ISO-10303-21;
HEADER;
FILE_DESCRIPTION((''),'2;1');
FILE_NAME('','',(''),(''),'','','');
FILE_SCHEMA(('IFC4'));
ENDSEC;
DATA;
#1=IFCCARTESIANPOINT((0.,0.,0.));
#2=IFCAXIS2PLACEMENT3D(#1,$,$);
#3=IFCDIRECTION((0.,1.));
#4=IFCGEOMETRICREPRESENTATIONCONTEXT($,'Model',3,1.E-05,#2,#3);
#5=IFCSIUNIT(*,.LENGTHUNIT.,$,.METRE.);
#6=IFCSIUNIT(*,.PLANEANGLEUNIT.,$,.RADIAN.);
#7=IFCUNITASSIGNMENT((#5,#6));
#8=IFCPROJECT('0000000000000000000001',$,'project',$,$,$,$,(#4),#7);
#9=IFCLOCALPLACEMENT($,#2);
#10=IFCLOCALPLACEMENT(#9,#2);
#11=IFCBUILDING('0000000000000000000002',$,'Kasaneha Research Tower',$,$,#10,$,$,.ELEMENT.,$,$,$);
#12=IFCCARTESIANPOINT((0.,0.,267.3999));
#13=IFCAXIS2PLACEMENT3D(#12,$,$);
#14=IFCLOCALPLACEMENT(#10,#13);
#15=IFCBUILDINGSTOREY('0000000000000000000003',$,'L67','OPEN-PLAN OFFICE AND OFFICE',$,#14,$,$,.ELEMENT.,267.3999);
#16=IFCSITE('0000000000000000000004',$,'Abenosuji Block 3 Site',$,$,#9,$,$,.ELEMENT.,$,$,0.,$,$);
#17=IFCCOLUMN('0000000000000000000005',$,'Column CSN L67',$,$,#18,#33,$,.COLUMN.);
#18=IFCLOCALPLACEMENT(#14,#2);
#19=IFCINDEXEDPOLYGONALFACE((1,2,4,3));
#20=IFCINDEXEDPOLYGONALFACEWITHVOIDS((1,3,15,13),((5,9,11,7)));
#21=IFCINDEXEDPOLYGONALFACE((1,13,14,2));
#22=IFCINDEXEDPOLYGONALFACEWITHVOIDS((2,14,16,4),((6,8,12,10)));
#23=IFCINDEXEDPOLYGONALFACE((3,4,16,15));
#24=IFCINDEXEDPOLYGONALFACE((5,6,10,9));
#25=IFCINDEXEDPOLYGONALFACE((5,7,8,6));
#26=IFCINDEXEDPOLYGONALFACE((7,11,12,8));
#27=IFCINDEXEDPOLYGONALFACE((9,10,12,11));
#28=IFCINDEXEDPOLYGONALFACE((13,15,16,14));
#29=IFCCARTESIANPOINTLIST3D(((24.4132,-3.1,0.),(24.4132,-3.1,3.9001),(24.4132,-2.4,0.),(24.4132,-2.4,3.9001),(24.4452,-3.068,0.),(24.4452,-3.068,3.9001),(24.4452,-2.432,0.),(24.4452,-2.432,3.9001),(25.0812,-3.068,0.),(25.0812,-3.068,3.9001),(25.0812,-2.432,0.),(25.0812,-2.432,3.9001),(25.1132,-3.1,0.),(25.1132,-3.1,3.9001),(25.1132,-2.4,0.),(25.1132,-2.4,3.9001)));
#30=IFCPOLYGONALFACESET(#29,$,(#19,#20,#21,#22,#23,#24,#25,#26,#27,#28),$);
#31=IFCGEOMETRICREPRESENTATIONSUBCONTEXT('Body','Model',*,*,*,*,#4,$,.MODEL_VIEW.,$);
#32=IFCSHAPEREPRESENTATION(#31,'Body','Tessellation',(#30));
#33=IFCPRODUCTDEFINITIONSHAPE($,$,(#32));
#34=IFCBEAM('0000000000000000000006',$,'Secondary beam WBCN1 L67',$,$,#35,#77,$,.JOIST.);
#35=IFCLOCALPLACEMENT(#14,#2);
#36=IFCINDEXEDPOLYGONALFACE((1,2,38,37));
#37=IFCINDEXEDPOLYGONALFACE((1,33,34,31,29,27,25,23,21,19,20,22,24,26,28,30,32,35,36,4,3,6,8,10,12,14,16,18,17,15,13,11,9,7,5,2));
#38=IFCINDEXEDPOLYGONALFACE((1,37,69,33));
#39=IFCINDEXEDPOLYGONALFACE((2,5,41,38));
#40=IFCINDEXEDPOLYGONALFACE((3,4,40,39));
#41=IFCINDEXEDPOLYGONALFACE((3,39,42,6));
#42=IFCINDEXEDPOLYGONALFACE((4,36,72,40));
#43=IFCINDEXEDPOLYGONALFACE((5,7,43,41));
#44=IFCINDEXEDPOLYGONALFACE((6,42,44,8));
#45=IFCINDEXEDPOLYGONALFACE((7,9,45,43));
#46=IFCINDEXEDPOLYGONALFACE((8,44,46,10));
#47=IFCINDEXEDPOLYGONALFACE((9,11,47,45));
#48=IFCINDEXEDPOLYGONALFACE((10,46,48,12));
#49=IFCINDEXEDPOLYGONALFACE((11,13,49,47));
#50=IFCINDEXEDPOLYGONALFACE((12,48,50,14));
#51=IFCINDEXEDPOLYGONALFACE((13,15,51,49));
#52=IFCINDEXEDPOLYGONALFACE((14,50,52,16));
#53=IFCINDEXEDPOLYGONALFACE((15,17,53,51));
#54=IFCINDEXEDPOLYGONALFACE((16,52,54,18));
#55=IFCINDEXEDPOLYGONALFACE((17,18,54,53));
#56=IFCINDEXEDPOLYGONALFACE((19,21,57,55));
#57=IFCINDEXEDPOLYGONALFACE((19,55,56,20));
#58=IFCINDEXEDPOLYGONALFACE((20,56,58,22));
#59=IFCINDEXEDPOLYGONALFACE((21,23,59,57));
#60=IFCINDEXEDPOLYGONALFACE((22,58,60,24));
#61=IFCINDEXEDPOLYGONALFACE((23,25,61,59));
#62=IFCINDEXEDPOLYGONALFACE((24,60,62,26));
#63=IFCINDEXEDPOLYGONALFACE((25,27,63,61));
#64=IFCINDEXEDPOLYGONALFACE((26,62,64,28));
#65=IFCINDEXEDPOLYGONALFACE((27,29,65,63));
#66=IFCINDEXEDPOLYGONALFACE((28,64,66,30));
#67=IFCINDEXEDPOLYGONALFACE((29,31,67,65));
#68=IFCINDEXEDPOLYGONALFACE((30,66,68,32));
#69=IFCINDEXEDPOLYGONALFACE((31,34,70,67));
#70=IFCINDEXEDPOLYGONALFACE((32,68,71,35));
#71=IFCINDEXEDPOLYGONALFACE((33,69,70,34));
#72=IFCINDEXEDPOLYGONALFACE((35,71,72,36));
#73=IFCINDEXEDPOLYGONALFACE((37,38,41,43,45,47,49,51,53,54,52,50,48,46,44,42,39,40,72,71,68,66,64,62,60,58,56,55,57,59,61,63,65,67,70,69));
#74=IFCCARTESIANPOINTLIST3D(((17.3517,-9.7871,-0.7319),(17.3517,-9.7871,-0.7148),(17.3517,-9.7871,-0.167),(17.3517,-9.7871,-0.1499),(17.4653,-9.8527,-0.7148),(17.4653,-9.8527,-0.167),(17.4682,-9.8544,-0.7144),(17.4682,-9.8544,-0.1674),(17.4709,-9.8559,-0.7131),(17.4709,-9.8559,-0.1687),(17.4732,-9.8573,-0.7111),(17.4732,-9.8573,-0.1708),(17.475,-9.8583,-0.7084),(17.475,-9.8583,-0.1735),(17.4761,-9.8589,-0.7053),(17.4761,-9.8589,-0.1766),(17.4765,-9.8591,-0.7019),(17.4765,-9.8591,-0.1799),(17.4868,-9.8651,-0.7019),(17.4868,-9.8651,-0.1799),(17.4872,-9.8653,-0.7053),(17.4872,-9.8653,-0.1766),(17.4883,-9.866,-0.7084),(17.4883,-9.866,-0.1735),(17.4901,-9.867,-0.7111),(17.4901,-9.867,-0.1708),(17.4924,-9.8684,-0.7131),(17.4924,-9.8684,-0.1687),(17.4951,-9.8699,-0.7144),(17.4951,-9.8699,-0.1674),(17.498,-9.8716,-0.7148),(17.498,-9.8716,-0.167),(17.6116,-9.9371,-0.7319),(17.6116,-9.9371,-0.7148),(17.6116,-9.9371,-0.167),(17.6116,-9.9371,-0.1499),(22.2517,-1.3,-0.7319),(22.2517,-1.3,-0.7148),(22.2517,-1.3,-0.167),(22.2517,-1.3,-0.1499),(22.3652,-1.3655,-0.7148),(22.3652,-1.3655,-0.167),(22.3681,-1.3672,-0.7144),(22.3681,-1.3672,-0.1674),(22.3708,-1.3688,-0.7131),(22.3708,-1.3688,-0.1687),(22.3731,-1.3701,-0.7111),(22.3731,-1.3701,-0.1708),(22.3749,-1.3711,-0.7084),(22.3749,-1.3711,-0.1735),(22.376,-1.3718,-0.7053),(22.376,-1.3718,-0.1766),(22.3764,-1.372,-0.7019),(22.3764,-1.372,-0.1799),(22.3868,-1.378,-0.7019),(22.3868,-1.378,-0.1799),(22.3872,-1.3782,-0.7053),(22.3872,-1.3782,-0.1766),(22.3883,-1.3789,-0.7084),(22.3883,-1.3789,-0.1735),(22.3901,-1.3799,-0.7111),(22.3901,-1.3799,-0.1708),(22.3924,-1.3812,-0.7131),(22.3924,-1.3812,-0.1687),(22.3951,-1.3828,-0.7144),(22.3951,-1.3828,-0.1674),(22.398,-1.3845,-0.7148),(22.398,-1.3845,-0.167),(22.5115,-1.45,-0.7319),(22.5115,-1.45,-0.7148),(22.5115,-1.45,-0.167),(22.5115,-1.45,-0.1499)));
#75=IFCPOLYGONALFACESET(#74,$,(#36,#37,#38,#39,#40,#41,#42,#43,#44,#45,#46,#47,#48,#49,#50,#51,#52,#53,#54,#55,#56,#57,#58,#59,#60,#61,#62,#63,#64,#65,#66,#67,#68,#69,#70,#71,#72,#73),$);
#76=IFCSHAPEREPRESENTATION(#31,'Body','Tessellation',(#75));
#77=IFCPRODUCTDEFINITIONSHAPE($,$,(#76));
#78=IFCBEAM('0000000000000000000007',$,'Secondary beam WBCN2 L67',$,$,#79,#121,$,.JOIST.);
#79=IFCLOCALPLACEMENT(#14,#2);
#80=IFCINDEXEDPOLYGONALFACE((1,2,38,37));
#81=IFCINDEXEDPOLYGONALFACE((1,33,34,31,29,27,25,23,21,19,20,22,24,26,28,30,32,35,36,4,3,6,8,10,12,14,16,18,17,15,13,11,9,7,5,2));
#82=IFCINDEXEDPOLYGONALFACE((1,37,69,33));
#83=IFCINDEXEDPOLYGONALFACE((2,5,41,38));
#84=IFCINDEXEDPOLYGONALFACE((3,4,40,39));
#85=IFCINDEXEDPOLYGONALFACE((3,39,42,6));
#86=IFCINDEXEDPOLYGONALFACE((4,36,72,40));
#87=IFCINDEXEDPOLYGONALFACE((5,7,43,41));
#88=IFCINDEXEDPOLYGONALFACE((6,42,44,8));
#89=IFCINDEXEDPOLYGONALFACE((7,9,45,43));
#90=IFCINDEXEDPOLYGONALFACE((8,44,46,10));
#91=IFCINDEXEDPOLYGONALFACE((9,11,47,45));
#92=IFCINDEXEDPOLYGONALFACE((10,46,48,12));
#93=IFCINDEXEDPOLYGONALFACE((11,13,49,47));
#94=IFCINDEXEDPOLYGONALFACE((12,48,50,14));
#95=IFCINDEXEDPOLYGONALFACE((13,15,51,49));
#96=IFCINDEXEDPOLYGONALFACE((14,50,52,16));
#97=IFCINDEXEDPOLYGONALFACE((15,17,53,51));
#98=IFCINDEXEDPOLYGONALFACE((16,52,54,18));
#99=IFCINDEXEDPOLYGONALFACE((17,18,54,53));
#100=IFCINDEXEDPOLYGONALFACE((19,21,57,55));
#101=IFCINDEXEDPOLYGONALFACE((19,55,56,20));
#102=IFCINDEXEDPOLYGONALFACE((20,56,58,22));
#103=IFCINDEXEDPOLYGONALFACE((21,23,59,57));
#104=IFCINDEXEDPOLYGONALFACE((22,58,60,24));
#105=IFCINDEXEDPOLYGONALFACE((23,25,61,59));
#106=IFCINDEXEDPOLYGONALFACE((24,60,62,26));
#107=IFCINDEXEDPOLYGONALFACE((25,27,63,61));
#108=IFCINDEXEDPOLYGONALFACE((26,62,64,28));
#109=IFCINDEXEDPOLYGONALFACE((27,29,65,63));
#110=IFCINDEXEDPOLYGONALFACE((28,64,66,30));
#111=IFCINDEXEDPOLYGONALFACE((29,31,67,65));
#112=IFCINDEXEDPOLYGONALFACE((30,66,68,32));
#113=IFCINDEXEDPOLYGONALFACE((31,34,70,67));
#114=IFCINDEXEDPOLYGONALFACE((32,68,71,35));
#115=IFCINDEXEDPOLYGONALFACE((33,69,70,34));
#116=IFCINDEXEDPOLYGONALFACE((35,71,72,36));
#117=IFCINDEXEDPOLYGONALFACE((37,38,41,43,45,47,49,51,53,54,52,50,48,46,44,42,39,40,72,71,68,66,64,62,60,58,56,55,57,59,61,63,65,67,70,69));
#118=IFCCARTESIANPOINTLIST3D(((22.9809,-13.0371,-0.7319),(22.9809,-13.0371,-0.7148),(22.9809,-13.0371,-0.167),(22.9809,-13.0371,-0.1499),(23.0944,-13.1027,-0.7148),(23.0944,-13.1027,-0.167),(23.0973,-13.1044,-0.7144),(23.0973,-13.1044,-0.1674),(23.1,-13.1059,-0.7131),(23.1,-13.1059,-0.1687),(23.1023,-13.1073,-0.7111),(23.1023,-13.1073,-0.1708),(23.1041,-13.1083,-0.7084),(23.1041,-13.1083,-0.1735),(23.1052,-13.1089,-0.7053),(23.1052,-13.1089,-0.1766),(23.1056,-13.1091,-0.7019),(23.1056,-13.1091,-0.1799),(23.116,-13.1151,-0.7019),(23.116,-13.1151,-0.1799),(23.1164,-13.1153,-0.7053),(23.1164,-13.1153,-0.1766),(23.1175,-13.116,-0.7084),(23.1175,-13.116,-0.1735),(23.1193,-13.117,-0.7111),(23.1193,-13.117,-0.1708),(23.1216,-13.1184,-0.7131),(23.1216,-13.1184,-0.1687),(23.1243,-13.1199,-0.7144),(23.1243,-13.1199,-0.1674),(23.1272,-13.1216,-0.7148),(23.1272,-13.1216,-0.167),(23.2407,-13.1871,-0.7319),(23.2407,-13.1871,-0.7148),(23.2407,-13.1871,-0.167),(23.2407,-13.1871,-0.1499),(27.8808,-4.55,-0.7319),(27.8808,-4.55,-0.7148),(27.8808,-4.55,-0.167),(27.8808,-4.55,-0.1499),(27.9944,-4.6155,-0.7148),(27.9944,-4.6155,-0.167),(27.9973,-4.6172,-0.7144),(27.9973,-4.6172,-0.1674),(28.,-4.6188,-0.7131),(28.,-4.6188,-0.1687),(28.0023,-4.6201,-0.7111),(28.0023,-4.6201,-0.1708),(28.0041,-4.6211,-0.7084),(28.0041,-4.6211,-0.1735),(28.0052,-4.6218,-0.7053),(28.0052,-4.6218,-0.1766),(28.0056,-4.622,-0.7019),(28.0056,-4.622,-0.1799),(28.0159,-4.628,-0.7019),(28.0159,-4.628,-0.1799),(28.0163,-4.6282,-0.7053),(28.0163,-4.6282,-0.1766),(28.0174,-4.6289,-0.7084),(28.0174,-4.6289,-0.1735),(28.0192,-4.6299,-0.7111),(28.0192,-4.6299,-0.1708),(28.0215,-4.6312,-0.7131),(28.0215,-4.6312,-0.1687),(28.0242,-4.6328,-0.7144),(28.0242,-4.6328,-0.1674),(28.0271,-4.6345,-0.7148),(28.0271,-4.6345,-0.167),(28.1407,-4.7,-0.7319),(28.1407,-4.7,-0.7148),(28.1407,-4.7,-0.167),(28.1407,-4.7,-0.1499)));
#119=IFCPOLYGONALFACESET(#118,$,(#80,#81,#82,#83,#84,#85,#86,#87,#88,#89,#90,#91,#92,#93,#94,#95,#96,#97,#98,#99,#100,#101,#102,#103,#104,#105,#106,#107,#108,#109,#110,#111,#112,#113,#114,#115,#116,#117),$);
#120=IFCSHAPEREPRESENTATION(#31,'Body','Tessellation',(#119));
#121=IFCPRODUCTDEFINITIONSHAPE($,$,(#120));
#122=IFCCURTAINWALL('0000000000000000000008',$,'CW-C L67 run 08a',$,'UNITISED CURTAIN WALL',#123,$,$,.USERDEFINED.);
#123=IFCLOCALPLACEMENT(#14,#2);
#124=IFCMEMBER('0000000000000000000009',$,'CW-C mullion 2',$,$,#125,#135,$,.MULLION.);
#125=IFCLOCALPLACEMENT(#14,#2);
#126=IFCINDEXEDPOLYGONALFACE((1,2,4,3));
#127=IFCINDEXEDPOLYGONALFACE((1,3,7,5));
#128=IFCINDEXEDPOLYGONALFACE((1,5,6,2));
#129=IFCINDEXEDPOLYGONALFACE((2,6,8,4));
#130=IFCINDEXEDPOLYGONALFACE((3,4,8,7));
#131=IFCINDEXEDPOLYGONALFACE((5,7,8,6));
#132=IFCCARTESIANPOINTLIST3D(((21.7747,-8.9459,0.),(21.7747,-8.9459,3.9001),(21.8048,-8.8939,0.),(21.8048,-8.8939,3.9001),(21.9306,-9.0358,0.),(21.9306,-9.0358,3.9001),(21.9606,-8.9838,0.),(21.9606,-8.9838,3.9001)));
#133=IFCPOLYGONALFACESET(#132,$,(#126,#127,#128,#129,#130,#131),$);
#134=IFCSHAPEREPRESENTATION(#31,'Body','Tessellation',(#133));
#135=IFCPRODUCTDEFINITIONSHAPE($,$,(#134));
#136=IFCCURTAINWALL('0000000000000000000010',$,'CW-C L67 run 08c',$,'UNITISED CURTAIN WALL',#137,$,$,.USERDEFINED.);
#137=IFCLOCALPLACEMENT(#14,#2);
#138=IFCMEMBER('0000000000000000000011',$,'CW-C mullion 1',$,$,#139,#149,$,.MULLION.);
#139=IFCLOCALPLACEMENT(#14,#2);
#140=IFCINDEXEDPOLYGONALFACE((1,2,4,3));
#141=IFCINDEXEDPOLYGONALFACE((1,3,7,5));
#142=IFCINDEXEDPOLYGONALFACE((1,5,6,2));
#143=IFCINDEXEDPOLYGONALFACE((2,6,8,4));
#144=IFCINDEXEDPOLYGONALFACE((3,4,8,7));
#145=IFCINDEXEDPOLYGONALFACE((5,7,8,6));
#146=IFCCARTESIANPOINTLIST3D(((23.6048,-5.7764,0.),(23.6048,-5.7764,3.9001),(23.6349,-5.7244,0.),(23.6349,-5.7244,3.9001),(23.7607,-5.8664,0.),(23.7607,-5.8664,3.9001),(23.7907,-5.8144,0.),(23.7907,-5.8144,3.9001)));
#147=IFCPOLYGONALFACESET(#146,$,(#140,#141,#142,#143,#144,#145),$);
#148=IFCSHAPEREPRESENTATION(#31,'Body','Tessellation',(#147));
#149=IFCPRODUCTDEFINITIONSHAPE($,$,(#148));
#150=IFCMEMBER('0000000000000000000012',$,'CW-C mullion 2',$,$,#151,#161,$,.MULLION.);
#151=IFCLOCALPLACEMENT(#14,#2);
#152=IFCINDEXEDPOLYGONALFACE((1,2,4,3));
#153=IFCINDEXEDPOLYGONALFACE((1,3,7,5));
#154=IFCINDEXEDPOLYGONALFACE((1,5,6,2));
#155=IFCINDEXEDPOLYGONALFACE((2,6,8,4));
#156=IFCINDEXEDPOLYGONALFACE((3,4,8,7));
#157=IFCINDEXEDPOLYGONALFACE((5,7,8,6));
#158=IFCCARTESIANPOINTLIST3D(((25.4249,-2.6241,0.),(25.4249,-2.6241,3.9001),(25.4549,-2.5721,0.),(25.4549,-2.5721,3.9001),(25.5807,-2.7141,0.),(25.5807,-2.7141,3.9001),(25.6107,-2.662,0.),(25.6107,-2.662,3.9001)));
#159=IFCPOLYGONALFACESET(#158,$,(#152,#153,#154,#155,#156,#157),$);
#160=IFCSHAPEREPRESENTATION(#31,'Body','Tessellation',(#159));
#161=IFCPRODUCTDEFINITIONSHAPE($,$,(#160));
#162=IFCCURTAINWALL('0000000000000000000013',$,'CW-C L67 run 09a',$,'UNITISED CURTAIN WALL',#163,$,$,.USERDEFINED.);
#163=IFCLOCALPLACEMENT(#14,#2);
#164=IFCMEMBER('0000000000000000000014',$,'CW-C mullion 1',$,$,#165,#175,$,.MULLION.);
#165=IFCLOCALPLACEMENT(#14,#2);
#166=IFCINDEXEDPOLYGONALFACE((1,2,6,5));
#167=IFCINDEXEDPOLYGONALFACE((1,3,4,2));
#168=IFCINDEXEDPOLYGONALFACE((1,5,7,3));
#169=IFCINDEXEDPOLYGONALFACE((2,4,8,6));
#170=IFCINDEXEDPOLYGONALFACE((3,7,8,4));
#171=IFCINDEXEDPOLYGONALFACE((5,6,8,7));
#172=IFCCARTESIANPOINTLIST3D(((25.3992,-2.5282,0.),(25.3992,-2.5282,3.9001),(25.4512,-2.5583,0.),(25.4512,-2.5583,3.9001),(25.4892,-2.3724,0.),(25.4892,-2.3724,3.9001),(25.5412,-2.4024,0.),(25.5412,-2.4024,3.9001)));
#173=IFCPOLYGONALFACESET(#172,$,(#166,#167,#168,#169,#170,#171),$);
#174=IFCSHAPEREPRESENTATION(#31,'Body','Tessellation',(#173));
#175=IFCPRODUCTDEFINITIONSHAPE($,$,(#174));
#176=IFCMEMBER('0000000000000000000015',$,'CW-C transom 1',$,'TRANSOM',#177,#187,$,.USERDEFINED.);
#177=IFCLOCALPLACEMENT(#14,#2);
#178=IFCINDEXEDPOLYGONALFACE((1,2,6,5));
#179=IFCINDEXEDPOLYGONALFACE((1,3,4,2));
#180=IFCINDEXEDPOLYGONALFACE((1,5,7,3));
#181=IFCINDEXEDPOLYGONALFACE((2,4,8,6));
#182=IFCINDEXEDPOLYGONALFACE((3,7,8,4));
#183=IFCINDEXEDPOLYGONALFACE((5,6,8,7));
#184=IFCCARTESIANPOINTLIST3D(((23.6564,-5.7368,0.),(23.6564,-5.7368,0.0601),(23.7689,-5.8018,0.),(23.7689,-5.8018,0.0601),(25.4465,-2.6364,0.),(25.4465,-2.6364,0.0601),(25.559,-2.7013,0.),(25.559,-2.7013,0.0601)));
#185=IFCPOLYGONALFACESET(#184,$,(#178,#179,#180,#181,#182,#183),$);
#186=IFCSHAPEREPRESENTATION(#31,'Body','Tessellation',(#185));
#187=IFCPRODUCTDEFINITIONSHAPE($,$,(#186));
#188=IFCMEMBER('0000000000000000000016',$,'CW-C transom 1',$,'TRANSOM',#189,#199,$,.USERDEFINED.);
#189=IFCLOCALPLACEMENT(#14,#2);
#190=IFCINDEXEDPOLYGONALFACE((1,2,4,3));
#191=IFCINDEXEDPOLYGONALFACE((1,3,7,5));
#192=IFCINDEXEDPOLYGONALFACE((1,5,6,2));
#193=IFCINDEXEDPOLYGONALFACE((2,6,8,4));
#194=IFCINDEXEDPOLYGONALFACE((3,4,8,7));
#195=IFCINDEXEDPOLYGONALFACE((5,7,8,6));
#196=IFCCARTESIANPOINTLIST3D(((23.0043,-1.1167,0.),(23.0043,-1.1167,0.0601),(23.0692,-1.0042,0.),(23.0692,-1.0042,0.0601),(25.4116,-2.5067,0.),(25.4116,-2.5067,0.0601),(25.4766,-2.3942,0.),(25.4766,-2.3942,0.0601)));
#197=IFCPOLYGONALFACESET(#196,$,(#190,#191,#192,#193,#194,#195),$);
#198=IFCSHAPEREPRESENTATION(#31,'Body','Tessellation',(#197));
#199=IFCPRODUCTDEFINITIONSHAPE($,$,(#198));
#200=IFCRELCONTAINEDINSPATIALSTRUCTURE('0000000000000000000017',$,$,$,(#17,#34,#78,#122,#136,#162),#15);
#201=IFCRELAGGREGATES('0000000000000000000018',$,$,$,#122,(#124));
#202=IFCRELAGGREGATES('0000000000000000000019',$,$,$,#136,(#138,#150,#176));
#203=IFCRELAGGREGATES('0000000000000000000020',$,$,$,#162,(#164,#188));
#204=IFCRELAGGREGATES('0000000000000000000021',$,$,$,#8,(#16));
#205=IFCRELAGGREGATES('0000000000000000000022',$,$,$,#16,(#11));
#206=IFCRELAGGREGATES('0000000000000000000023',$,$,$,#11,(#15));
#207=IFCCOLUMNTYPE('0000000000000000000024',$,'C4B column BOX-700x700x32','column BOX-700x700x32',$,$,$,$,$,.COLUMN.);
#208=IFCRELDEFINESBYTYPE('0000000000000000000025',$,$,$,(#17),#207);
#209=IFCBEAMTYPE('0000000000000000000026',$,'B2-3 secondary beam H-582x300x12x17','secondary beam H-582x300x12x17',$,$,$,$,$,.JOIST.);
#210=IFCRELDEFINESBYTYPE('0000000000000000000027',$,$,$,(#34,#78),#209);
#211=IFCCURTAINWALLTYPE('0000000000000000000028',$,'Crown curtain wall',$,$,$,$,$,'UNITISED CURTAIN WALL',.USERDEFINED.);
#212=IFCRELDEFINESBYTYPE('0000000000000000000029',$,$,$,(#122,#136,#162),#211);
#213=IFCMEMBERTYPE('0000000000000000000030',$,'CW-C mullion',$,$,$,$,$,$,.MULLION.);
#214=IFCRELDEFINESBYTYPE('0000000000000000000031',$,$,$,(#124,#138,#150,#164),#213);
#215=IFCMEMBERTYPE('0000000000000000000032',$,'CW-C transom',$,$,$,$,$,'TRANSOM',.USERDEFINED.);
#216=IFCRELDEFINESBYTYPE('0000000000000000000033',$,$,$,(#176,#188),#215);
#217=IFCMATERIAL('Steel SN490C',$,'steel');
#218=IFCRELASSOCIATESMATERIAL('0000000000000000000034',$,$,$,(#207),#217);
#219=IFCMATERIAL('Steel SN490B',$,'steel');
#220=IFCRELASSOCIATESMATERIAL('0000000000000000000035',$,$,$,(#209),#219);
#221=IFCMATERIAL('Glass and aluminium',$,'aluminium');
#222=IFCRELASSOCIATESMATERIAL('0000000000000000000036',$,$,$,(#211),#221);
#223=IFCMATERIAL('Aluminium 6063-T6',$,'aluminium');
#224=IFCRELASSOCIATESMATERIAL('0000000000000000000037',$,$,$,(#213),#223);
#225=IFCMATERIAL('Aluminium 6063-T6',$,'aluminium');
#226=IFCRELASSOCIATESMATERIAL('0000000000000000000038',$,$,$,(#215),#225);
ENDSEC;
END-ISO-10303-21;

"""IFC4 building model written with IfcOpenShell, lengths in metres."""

from ifc_helpers import new_model, si_unit, direction, frame, origin, origin_2d, place, context, subcontext, project, spatial, rectangle, hollow_rectangle, i_section, extrude, material, material_profile, profile_set, type_object, element, aggregate, save


model = new_model("IFC4")

# Units and contexts
model_context = context("Model", 3, precision=1e-05, world=origin(), true_north=direction((0.0, 1.0)))
body_context = subcontext(model_context, "Body", "Model", "MODEL_VIEW")
ifc_project = project(units=[si_unit("LENGTHUNIT", "METRE"), si_unit("PLANEANGLEUNIT", "RADIAN")], contexts=[model_context])

# Site, building, storey
site_placement = place(None, origin())
site = spatial("IfcSite", under=ifc_project, at=site_placement, Name="Abenosuji Block 3 Site", CompositionType="ELEMENT", RefElevation=0.0)
building_placement = place(site_placement, origin())
building = spatial("IfcBuilding", under=site, at=building_placement, Name="Kasaneha Research Tower", CompositionType="ELEMENT")
storey_placement = place(building_placement, frame((0.0, 0.0, 267.3999)))
storey = spatial("IfcBuildingStorey", under=building, at=storey_placement, Name="L67", Description="OPEN-PLAN OFFICE AND OFFICE", CompositionType="ELEMENT", Elevation=267.3999)

# Column
ifc_material_1 = material(Name="Steel SN490C", Category="steel")
ifc_material_profile_1 = material_profile(ifc_material_1, hollow_rectangle(XDim=0.7, YDim=0.7, WallThickness=0.032, at=origin_2d()), Name="BOX-700x700x32")
ifc_profile_set_1 = profile_set([ifc_material_profile_1], Name="Steel SN490C")
column_type = type_object("IfcColumnType", Name="C4B column BOX-700x700x32", Description="column BOX-700x700x32", PredefinedType="COLUMN", material=ifc_profile_set_1)
column_placement = place(storey_placement, frame((24.7632, -2.75, 0.0), z_axis=(0.0, 0.0, 1.0), x_axis=(1.0, 0.0, 0.0)))
element("IfcColumn", 1, at=column_placement, inside=storey, type_object=column_type, Name="Column CSN L67", PredefinedType="COLUMN", context=body_context, shape_type="SweptSolid", body=[
    extrude(hollow_rectangle(XDim=0.7, YDim=0.7, WallThickness=0.032, at=origin_2d()), origin(), (0.0, 0.0, 1.0), 3.9001),
])

# Beams
ifc_material_2 = material(Name="Steel SN490B", Category="steel")
ifc_material_profile_2 = material_profile(ifc_material_2, i_section(OverallWidth=0.3, OverallDepth=0.582, WebThickness=0.012, FlangeThickness=0.0171, FilletRadius=0.0129, at=origin_2d()), Name="H-582x300x12x17")
ifc_profile_set_2 = profile_set([ifc_material_profile_2], Name="Steel SN490B")
beam_type_1 = type_object("IfcBeamType", Name="B2-3 secondary beam H-582x300x12x17", Description="secondary beam H-582x300x12x17", PredefinedType="JOIST", material=ifc_profile_set_2)
for number, where, z_axis, x_axis, name in (
    (2, (22.3816, -1.375, -0.4409), (-0.499992, -0.86603, 0.0), (0.86603, -0.499992, 0.0), "Secondary beam WBCN1 L67"),
    (3, (28.0107, -4.625, -0.4409), (-0.499992, -0.86603, 0.0), (0.86603, -0.499992, 0.0), "Secondary beam WBCN2 L67"),
):
    element("IfcBeam", number, at=place(storey_placement, frame(where, z_axis=z_axis, x_axis=x_axis)), inside=storey, type_object=beam_type_1, Name=name, PredefinedType="JOIST", context=body_context, shape_type="SweptSolid", body=[
        extrude(i_section(OverallWidth=0.3, OverallDepth=0.582, WebThickness=0.012, FlangeThickness=0.0171, FilletRadius=0.0129, at=origin_2d()), origin(), (0.0, 0.0, 1.0), 9.8),
    ])

# Curtain wall, member
ifc_material_3 = material(Name="Glass and aluminium", Category="aluminium")
curtain_wall_type = type_object("IfcCurtainWallType", Name="Crown curtain wall", ElementType="UNITISED CURTAIN WALL", PredefinedType="USERDEFINED", material=ifc_material_3)
curtain_wall_1_placement = place(storey_placement, origin())
curtain_wall_1 = element("IfcCurtainWall", 4, at=curtain_wall_1_placement, inside=storey, type_object=curtain_wall_type, Name="CW-C L67 run 08a", ObjectType="UNITISED CURTAIN WALL", PredefinedType="USERDEFINED")
ifc_material_4 = material(Name="Aluminium 6063-T6", Category="aluminium")
ifc_material_profile_3 = material_profile(ifc_material_4, rectangle(XDim=0.0601, YDim=0.1799, at=origin_2d()), Name="CW-C mullion 60x180")
ifc_profile_set_3 = profile_set([ifc_material_profile_3], Name="Aluminium 6063-T6")
member_type_1 = type_object("IfcMemberType", Name="CW-C mullion", PredefinedType="MULLION", material=ifc_profile_set_3)
member_1_placement = place(storey_placement, frame((21.8677, -8.9648, 0.0), z_axis=(0.0, 0.0, 1.0), x_axis=(0.5, 0.866025, 0.0)))
member_1 = element("IfcMember", 5, at=member_1_placement, type_object=member_type_1, Name="CW-C mullion 2", PredefinedType="MULLION", context=body_context, shape_type="SweptSolid", body=[
    extrude(rectangle(XDim=0.0601, YDim=0.1799, at=origin_2d()), origin(), (0.0, 0.0, 1.0), 3.9001),
])

# Curtain wall, members
curtain_wall_2_placement = place(storey_placement, origin())
curtain_wall_2 = element("IfcCurtainWall", 6, at=curtain_wall_2_placement, inside=storey, type_object=curtain_wall_type, Name="CW-C L67 run 08c", ObjectType="UNITISED CURTAIN WALL", PredefinedType="USERDEFINED")
member_2_placement = place(storey_placement, frame((23.6978, -5.7954, 0.0), z_axis=(0.0, 0.0, 1.0), x_axis=(0.5, 0.866025, 0.0)))
member_2 = element("IfcMember", 7, at=member_2_placement, type_object=member_type_1, Name="CW-C mullion 1", PredefinedType="MULLION", context=body_context, shape_type="SweptSolid", body=[
    extrude(rectangle(XDim=0.0601, YDim=0.1799, at=origin_2d()), origin(), (0.0, 0.0, 1.0), 3.9001),
])
member_3_placement = place(storey_placement, frame((25.5178, -2.6431, 0.0), z_axis=(0.0, 0.0, 1.0), x_axis=(0.5, 0.866025, 0.0)))
member_3 = element("IfcMember", 8, at=member_3_placement, type_object=member_type_1, Name="CW-C mullion 2", PredefinedType="MULLION", context=body_context, shape_type="SweptSolid", body=[
    extrude(rectangle(XDim=0.0601, YDim=0.1799, at=origin_2d()), origin(), (0.0, 0.0, 1.0), 3.9001),
])

# Curtain wall, member
curtain_wall_3_placement = place(storey_placement, origin())
curtain_wall_3 = element("IfcCurtainWall", 9, at=curtain_wall_3_placement, inside=storey, type_object=curtain_wall_type, Name="CW-C L67 run 09a", ObjectType="UNITISED CURTAIN WALL", PredefinedType="USERDEFINED")
member_4_placement = place(storey_placement, frame((25.4702, -2.4653, 0.0), z_axis=(0.0, 0.0, 1.0), x_axis=(-0.866025, 0.5, 0.0)))
member_4 = element("IfcMember", 10, at=member_4_placement, type_object=member_type_1, Name="CW-C mullion 1", PredefinedType="MULLION", context=body_context, shape_type="SweptSolid", body=[
    extrude(rectangle(XDim=0.0601, YDim=0.1799, at=origin_2d()), origin(), (0.0, 0.0, 1.0), 3.9001),
])

# Members
ifc_material_5 = material(Name="Aluminium 6063-T6", Category="aluminium")
ifc_material_profile_4 = material_profile(ifc_material_5, rectangle(XDim=0.1299, YDim=0.0601, at=origin_2d()), Name="CW-C transom 130x60")
ifc_profile_set_4 = profile_set([ifc_material_profile_4], Name="Aluminium 6063-T6")
member_type_2 = type_object("IfcMemberType", Name="CW-C transom", ElementType="TRANSOM", PredefinedType="USERDEFINED", material=ifc_profile_set_4)
member_5_placement = place(storey_placement, frame((23.7126, -5.7693, 0.03), z_axis=(0.500012, 0.866019, 0.0), x_axis=(-0.866019, 0.500012, 0.0)))
member_5 = element("IfcMember", 11, at=member_5_placement, type_object=member_type_2, Name="CW-C transom 1", ObjectType="TRANSOM", PredefinedType="USERDEFINED", context=body_context, shape_type="SweptSolid", body=[
    extrude(rectangle(XDim=0.1299, YDim=0.0601, at=origin_2d()), origin(), (0.0, 0.0, 1.0), 3.5801),
])
member_6_placement = place(storey_placement, frame((25.4441, -2.4504, 0.03), z_axis=(-0.866013, 0.500021, 0.0), x_axis=(-0.500021, -0.866013, 0.0)))
member_6 = element("IfcMember", 12, at=member_6_placement, type_object=member_type_2, Name="CW-C transom 1", ObjectType="TRANSOM", PredefinedType="USERDEFINED", context=body_context, shape_type="SweptSolid", body=[
    extrude(rectangle(XDim=0.1299, YDim=0.0601, at=origin_2d()), origin(), (0.0, 0.0, 1.0), 2.7798),
])

aggregate(curtain_wall_1, [member_1])
aggregate(curtain_wall_2, [member_2, member_3, member_5])
aggregate(curtain_wall_3, [member_4, member_6])

save(model, "model.ifc")
